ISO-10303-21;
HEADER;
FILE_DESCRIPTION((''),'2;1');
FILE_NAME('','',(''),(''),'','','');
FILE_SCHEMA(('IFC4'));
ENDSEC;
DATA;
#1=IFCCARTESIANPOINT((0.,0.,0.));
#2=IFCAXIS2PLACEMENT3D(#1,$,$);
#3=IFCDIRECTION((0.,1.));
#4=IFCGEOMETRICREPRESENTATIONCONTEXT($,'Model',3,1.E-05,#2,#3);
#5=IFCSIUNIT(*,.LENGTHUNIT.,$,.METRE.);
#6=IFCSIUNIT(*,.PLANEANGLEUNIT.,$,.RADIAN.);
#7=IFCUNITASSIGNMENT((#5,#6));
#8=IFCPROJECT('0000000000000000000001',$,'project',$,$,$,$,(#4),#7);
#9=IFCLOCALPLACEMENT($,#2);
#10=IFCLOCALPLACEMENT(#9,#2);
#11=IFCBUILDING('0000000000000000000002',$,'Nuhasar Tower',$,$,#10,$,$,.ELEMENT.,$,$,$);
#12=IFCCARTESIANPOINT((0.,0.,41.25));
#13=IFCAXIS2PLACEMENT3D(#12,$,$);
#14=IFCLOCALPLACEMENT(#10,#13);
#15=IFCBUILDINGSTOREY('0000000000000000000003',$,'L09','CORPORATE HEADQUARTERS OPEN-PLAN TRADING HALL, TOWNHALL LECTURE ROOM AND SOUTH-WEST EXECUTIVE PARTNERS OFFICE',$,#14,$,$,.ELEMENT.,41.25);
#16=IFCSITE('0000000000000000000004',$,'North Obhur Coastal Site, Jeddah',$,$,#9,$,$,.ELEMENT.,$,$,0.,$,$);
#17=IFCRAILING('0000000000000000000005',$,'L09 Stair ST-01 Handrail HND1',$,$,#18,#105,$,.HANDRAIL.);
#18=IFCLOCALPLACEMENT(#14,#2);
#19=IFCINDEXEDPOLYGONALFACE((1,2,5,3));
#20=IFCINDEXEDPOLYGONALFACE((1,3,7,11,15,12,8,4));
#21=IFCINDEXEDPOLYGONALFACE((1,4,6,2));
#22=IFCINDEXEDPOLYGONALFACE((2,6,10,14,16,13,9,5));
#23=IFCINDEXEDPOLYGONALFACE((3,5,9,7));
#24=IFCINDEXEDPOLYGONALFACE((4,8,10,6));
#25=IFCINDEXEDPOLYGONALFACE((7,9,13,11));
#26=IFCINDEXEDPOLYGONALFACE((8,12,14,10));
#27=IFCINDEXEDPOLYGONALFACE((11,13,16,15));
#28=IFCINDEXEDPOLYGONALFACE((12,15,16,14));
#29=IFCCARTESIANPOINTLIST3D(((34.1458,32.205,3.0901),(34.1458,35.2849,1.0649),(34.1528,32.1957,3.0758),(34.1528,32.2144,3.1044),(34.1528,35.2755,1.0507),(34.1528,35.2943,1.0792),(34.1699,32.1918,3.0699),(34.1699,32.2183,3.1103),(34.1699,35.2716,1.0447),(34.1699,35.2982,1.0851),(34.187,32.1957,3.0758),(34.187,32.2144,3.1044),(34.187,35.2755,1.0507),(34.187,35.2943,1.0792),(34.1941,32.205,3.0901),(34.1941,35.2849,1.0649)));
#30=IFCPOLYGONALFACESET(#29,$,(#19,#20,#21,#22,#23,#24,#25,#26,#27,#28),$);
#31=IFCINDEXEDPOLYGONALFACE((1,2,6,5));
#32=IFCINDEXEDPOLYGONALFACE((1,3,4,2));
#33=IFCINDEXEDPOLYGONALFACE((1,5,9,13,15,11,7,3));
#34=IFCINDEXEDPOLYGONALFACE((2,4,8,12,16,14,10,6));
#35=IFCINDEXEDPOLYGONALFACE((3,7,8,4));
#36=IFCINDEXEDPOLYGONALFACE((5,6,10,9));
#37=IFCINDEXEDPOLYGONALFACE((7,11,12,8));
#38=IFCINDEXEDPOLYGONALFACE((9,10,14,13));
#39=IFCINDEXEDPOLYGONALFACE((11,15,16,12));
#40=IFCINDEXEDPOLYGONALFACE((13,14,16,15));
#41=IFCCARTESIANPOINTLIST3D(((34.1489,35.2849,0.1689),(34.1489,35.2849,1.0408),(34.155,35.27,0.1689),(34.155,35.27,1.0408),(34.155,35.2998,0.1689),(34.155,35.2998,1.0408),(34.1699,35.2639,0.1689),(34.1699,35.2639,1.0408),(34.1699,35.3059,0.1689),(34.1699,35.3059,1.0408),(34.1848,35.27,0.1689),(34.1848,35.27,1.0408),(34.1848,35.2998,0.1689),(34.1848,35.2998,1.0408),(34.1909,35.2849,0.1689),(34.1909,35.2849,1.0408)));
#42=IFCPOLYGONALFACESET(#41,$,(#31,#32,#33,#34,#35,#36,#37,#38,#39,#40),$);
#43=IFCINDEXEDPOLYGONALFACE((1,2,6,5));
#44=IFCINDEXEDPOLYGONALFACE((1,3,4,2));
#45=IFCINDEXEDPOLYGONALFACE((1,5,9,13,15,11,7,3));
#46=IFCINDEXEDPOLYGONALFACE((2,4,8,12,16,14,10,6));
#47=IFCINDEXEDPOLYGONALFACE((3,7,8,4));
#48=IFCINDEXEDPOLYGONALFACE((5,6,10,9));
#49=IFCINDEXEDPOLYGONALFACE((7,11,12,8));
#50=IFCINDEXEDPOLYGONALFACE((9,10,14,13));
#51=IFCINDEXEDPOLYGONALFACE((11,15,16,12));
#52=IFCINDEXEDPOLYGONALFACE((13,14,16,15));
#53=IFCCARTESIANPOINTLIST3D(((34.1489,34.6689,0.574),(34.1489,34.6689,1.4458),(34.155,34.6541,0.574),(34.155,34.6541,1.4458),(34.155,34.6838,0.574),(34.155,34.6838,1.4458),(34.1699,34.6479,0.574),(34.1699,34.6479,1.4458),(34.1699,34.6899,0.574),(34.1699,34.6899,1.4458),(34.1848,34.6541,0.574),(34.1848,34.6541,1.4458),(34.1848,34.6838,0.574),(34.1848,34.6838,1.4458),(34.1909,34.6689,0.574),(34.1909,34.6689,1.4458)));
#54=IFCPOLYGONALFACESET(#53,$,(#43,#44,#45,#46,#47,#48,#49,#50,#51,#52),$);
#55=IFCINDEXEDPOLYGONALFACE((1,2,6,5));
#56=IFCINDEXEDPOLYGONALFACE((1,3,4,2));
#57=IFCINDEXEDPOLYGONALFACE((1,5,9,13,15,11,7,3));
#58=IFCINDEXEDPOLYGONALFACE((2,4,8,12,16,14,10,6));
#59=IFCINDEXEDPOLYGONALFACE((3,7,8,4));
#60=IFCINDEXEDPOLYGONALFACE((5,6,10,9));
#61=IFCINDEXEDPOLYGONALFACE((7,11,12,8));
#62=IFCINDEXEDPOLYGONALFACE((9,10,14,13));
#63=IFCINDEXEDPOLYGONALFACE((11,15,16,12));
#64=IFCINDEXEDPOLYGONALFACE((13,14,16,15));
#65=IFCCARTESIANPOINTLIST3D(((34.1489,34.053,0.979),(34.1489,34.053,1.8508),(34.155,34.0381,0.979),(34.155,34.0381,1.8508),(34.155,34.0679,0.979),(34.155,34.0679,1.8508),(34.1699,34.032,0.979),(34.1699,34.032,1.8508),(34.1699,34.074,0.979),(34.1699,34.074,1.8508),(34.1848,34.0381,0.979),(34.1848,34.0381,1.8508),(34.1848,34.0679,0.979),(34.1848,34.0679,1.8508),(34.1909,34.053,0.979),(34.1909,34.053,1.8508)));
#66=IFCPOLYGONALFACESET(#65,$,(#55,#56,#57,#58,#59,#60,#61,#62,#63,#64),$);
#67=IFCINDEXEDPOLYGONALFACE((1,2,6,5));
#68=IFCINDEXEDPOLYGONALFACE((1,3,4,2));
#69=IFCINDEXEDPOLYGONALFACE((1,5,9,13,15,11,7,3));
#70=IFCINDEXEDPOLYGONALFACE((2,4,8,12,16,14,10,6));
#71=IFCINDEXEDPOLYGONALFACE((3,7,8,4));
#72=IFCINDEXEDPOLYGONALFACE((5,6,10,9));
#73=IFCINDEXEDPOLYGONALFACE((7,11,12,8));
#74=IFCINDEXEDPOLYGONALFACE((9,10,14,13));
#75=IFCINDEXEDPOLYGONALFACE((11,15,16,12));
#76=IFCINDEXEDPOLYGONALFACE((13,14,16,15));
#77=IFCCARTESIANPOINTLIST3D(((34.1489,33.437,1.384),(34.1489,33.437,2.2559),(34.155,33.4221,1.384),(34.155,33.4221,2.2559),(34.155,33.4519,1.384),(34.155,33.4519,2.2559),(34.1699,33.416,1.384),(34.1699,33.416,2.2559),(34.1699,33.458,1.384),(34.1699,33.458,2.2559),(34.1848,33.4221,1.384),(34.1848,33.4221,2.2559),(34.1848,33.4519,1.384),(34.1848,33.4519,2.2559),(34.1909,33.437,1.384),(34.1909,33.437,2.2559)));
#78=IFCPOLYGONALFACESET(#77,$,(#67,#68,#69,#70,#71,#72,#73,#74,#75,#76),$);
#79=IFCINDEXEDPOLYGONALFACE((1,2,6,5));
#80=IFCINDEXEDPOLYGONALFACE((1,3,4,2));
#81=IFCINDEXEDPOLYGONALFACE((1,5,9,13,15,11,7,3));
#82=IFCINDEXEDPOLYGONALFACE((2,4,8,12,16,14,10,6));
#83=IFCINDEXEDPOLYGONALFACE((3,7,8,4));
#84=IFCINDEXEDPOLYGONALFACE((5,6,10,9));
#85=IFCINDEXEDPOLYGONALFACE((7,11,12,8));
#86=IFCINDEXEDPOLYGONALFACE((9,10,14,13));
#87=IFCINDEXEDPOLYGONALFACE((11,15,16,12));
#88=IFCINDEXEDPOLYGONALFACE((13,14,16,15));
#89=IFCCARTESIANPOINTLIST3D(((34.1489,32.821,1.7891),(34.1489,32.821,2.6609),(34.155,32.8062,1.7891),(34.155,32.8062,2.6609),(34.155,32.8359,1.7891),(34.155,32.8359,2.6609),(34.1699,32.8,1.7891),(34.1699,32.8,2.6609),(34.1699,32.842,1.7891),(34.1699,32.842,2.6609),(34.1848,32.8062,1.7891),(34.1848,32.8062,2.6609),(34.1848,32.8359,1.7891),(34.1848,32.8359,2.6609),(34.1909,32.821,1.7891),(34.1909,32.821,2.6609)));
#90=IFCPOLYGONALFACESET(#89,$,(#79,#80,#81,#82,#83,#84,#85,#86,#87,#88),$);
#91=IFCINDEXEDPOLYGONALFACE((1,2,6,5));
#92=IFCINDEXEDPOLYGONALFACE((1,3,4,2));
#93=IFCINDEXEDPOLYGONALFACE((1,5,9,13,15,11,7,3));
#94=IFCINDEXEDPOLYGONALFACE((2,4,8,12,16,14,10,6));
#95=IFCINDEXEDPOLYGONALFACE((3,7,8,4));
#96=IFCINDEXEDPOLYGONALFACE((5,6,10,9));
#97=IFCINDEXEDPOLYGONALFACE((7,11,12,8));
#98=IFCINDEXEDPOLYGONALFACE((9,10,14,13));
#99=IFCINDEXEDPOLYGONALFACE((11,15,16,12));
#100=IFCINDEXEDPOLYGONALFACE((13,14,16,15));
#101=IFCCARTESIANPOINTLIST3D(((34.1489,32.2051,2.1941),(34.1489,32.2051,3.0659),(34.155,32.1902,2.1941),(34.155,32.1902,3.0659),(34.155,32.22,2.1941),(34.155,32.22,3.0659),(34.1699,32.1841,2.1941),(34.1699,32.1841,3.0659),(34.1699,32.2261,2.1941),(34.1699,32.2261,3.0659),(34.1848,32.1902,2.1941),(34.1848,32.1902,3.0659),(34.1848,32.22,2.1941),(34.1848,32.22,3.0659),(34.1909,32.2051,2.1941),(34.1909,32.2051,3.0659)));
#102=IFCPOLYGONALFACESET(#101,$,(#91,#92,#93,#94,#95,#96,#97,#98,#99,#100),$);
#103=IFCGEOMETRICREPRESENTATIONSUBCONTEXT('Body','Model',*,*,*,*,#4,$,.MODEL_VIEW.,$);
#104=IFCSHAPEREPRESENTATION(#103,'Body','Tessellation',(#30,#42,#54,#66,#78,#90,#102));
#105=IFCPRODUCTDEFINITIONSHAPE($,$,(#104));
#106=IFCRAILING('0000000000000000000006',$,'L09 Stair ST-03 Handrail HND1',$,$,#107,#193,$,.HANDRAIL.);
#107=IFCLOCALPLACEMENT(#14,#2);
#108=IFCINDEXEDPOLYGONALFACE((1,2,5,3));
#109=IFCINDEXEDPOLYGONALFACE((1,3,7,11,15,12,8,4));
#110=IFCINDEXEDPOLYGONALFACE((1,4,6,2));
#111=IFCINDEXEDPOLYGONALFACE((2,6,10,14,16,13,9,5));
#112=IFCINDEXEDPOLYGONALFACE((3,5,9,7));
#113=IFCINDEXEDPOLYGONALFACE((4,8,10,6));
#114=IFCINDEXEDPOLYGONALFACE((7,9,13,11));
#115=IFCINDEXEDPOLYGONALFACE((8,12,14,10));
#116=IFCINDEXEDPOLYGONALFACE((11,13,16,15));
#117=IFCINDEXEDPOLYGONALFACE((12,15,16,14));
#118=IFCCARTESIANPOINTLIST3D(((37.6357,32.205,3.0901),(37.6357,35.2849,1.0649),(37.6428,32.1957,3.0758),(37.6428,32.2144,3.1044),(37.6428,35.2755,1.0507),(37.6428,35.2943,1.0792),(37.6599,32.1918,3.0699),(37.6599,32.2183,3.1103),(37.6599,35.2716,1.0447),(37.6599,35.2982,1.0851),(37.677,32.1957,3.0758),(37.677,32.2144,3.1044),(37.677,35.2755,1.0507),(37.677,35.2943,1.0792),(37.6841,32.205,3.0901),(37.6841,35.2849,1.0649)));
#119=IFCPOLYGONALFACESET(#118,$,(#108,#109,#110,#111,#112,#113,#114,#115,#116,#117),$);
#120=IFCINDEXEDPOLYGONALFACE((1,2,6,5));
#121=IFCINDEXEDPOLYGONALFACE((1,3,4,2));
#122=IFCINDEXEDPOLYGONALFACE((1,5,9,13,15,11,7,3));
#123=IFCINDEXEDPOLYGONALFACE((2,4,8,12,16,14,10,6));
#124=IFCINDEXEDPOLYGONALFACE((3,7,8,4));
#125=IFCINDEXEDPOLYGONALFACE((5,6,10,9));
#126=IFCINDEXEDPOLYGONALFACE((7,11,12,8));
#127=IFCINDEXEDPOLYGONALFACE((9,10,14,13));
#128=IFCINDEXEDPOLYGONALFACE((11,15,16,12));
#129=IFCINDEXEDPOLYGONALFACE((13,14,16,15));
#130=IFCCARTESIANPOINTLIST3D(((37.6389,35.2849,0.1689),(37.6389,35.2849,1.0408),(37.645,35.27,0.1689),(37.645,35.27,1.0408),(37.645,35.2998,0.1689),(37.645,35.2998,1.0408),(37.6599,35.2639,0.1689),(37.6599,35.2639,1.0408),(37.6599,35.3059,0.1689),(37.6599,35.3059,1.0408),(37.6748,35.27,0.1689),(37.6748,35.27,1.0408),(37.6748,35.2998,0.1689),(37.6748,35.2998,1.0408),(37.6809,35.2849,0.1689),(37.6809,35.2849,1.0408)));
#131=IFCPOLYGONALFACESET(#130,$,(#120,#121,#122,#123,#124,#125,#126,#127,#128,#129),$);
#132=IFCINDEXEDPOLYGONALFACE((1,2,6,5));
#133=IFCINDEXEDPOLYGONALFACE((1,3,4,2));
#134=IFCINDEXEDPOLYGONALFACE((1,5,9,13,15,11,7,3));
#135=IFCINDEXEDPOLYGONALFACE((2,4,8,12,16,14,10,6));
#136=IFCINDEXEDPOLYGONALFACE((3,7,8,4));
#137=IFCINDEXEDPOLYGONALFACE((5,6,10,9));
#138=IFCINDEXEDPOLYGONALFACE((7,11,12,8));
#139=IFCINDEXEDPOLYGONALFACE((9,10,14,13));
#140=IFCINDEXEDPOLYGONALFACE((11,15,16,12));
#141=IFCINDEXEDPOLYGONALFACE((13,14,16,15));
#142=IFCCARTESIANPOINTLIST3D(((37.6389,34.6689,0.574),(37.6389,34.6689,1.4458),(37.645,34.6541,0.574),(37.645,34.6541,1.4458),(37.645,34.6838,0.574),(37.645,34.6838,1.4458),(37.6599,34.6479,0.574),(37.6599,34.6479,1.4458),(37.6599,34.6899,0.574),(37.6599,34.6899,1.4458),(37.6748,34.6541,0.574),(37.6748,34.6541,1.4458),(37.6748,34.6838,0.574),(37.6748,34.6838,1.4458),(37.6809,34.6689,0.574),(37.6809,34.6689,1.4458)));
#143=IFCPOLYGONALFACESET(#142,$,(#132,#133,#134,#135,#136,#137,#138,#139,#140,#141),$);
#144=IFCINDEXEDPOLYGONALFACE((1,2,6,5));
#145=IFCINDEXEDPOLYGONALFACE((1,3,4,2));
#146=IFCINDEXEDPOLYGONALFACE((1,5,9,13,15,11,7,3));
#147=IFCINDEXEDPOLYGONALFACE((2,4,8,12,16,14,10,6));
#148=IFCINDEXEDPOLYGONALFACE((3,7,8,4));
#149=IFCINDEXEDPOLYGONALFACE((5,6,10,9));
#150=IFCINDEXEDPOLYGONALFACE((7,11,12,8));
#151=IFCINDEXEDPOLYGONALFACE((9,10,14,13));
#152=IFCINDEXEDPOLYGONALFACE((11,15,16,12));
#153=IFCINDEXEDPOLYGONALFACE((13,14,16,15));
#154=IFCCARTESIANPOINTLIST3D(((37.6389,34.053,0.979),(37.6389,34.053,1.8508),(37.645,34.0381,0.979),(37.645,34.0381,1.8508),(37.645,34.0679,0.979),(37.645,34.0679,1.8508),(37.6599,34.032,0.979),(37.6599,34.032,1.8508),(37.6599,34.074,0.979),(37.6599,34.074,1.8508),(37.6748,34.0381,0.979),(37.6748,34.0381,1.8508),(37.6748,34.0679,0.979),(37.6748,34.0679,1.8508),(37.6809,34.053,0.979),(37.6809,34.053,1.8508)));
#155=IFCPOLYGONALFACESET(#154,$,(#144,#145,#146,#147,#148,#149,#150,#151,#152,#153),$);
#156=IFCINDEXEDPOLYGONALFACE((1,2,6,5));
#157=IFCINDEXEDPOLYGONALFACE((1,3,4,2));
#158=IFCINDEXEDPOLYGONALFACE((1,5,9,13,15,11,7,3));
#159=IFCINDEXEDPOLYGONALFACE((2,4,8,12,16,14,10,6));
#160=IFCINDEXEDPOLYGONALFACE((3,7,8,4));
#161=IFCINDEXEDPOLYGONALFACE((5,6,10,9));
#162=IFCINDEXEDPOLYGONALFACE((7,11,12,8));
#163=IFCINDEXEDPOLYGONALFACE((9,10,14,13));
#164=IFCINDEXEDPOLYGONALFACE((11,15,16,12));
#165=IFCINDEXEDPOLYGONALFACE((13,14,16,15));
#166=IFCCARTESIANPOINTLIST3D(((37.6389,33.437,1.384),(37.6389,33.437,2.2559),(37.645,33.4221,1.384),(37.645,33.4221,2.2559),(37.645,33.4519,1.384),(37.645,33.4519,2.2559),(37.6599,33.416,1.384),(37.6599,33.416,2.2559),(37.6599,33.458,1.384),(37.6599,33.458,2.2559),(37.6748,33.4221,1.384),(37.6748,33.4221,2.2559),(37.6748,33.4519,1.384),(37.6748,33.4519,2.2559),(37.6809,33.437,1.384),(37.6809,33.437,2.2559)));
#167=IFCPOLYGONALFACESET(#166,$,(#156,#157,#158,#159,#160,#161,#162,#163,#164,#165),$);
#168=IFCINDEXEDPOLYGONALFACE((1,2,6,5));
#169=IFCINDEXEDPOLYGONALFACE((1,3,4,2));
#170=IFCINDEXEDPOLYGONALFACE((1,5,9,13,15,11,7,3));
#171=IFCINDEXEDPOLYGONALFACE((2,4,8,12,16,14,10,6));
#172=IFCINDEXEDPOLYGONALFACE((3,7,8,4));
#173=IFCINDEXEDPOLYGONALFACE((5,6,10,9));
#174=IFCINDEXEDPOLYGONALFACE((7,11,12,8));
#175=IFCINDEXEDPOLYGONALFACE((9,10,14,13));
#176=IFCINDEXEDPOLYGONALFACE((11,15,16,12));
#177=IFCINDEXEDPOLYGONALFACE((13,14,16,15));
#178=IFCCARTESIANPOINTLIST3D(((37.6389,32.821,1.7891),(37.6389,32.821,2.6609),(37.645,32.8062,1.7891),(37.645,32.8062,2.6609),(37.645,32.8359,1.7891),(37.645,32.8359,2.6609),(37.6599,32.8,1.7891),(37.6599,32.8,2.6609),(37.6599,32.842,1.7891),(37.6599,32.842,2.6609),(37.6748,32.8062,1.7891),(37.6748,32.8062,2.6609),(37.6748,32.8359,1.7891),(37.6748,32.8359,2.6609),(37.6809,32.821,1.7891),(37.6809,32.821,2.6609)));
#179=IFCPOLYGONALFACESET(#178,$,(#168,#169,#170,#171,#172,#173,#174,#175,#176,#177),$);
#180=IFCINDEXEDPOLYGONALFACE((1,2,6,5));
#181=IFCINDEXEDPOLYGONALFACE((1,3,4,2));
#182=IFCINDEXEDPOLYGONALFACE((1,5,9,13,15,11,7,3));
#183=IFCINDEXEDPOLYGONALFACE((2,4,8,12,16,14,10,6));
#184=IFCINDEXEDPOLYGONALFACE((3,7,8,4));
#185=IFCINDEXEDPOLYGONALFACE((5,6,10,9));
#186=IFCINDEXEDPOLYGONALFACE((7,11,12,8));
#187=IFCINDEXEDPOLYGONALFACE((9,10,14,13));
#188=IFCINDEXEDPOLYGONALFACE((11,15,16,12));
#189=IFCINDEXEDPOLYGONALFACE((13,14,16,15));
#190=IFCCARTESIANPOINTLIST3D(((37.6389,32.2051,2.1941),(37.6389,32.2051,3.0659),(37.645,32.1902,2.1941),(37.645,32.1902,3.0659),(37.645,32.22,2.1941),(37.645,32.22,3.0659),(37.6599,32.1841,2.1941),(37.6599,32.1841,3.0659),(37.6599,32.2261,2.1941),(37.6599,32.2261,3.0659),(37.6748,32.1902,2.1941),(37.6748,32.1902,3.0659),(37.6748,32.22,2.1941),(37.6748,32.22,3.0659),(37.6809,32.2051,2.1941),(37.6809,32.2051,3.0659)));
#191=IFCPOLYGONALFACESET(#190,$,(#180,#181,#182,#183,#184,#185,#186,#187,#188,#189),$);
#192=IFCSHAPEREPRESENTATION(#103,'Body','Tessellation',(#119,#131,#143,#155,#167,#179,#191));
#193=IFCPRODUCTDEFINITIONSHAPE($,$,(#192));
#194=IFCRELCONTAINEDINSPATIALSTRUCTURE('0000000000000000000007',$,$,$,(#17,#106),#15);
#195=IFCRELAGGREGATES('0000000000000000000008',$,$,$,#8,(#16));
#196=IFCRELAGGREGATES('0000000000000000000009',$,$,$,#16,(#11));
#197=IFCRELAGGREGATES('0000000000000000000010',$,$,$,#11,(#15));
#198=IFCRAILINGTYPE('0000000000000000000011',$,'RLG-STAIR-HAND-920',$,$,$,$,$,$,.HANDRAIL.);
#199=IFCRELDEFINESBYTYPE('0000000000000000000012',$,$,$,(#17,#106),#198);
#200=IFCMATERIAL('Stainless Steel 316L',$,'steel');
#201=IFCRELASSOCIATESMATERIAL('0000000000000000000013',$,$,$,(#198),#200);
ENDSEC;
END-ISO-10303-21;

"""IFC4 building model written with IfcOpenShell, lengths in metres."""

from ifc_helpers import new_model, si_unit, direction, frame, origin, place, context, subcontext, project, spatial, polyline, outline, extrude, material, type_object, element, save


model = new_model("IFC4")

# Units and contexts
model_context = context("Model", 3, precision=1e-05, world=origin(), true_north=direction((0.0, 1.0)))
body_context = subcontext(model_context, "Body", "Model", "MODEL_VIEW")
ifc_project = project(units=[si_unit("LENGTHUNIT", "METRE"), si_unit("PLANEANGLEUNIT", "RADIAN")], contexts=[model_context])

# Site, building, storey
site_placement = place(None, origin())
site = spatial("IfcSite", under=ifc_project, at=site_placement, Name="North Obhur Coastal Site, Jeddah", CompositionType="ELEMENT", RefElevation=0.0)
building_placement = place(site_placement, origin())
building = spatial("IfcBuilding", under=site, at=building_placement, Name="Nuhasar Tower", CompositionType="ELEMENT")
storey_placement = place(building_placement, frame((0.0, 0.0, 41.25)))
storey = spatial("IfcBuildingStorey", under=building, at=storey_placement, Name="L09", Description="CORPORATE HEADQUARTERS OPEN-PLAN TRADING HALL, TOWNHALL LECTURE ROOM AND SOUTH-WEST EXECUTIVE PARTNERS OFFICE", CompositionType="ELEMENT", Elevation=41.25)

# Railings
ifc_material_1 = material(Name="Stainless Steel 316L", Category="steel")
railing_type_1 = type_object("IfcRailingType", Name="RLG-STAIR-HAND-920", PredefinedType="HANDRAIL", material=ifc_material_1)
railing_1_placement = place(storey_placement, frame((34.1699, 35.2849, 0.1689)))
element("IfcRailing", 1, at=railing_1_placement, inside=storey, type_object=railing_type_1, Name="L09 Stair ST-01 Handrail HND1", PredefinedType="HANDRAIL", context=body_context, shape_type="SweptSolid", body=[
    extrude(outline(polyline([(0.0242, 0.0), (0.0171, 0.0171), (0.0, 0.0242), (-0.0171, 0.0171), (-0.0242, 0.0), (-0.0171, -0.0171), (0.0, -0.0242), (0.0171, -0.0171), (0.0242, 0.0)])), frame((0.0, 0.0, 0.896), z_axis=(0.0, -0.835549, 0.549416), x_axis=(1.0, 0.0, 0.0)), (0.0, 0.0, 1.0), 3.686),
    extrude(outline(polyline([(0.021, 0.0), (0.0149, 0.0149), (0.0, 0.021), (-0.0149, 0.0149), (-0.021, 0.0), (-0.0149, -0.0149), (0.0, -0.021), (0.0149, -0.0149), (0.021, 0.0)])), origin(), (0.0, 0.0, 1.0), 0.8718),
    extrude(outline(polyline([(0.021, 0.0), (0.0149, 0.0149), (0.0, 0.021), (-0.0149, 0.0149), (-0.021, 0.0), (-0.0149, -0.0149), (0.0, -0.021), (0.0149, -0.0149), (0.021, 0.0)])), frame((0.0, -0.616, 0.405)), (0.0, 0.0, 1.0), 0.8718),
    extrude(outline(polyline([(0.021, 0.0), (0.0149, 0.0149), (0.0, 0.021), (-0.0149, 0.0149), (-0.021, 0.0), (-0.0149, -0.0149), (0.0, -0.021), (0.0149, -0.0149), (0.021, 0.0)])), frame((0.0, -1.2319, 0.8101)), (0.0, 0.0, 1.0), 0.8718),
    extrude(outline(polyline([(0.021, 0.0), (0.0149, 0.0149), (0.0, 0.021), (-0.0149, 0.0149), (-0.021, 0.0), (-0.0149, -0.0149), (0.0, -0.021), (0.0149, -0.0149), (0.021, 0.0)])), frame((0.0, -1.8479, 1.2151)), (0.0, 0.0, 1.0), 0.8718),
    extrude(outline(polyline([(0.021, 0.0), (0.0149, 0.0149), (0.0, 0.021), (-0.0149, 0.0149), (-0.021, 0.0), (-0.0149, -0.0149), (0.0, -0.021), (0.0149, -0.0149), (0.021, 0.0)])), frame((0.0, -2.4639, 1.6201)), (0.0, 0.0, 1.0), 0.8718),
    extrude(outline(polyline([(0.021, 0.0), (0.0149, 0.0149), (0.0, 0.021), (-0.0149, 0.0149), (-0.021, 0.0), (-0.0149, -0.0149), (0.0, -0.021), (0.0149, -0.0149), (0.021, 0.0)])), frame((0.0, -3.0798, 2.0251)), (0.0, 0.0, 1.0), 0.8718),
])
railing_2_placement = place(storey_placement, frame((37.6599, 35.2849, 0.1689)))
element("IfcRailing", 2, at=railing_2_placement, inside=storey, type_object=railing_type_1, Name="L09 Stair ST-03 Handrail HND1", PredefinedType="HANDRAIL", context=body_context, shape_type="SweptSolid", body=[
    extrude(outline(polyline([(0.0242, 0.0), (0.0171, 0.0171), (0.0, 0.0242), (-0.0171, 0.0171), (-0.0242, 0.0), (-0.0171, -0.0171), (0.0, -0.0242), (0.0171, -0.0171), (0.0242, 0.0)])), frame((0.0, 0.0, 0.896), z_axis=(0.0, -0.835549, 0.549416), x_axis=(1.0, 0.0, 0.0)), (0.0, 0.0, 1.0), 3.686),
    extrude(outline(polyline([(0.021, 0.0), (0.0149, 0.0149), (0.0, 0.021), (-0.0149, 0.0149), (-0.021, 0.0), (-0.0149, -0.0149), (0.0, -0.021), (0.0149, -0.0149), (0.021, 0.0)])), origin(), (0.0, 0.0, 1.0), 0.8718),
    extrude(outline(polyline([(0.021, 0.0), (0.0149, 0.0149), (0.0, 0.021), (-0.0149, 0.0149), (-0.021, 0.0), (-0.0149, -0.0149), (0.0, -0.021), (0.0149, -0.0149), (0.021, 0.0)])), frame((0.0, -0.616, 0.405)), (0.0, 0.0, 1.0), 0.8718),
    extrude(outline(polyline([(0.021, 0.0), (0.0149, 0.0149), (0.0, 0.021), (-0.0149, 0.0149), (-0.021, 0.0), (-0.0149, -0.0149), (0.0, -0.021), (0.0149, -0.0149), (0.021, 0.0)])), frame((0.0, -1.2319, 0.8101)), (0.0, 0.0, 1.0), 0.8718),
    extrude(outline(polyline([(0.021, 0.0), (0.0149, 0.0149), (0.0, 0.021), (-0.0149, 0.0149), (-0.021, 0.0), (-0.0149, -0.0149), (0.0, -0.021), (0.0149, -0.0149), (0.021, 0.0)])), frame((0.0, -1.8479, 1.2151)), (0.0, 0.0, 1.0), 0.8718),
    extrude(outline(polyline([(0.021, 0.0), (0.0149, 0.0149), (0.0, 0.021), (-0.0149, 0.0149), (-0.021, 0.0), (-0.0149, -0.0149), (0.0, -0.021), (0.0149, -0.0149), (0.021, 0.0)])), frame((0.0, -2.4639, 1.6201)), (0.0, 0.0, 1.0), 0.8718),
    extrude(outline(polyline([(0.021, 0.0), (0.0149, 0.0149), (0.0, 0.021), (-0.0149, 0.0149), (-0.021, 0.0), (-0.0149, -0.0149), (0.0, -0.021), (0.0149, -0.0149), (0.021, 0.0)])), frame((0.0, -3.0798, 2.0251)), (0.0, 0.0, 1.0), 0.8718),
])

save(model, "model.ifc")
